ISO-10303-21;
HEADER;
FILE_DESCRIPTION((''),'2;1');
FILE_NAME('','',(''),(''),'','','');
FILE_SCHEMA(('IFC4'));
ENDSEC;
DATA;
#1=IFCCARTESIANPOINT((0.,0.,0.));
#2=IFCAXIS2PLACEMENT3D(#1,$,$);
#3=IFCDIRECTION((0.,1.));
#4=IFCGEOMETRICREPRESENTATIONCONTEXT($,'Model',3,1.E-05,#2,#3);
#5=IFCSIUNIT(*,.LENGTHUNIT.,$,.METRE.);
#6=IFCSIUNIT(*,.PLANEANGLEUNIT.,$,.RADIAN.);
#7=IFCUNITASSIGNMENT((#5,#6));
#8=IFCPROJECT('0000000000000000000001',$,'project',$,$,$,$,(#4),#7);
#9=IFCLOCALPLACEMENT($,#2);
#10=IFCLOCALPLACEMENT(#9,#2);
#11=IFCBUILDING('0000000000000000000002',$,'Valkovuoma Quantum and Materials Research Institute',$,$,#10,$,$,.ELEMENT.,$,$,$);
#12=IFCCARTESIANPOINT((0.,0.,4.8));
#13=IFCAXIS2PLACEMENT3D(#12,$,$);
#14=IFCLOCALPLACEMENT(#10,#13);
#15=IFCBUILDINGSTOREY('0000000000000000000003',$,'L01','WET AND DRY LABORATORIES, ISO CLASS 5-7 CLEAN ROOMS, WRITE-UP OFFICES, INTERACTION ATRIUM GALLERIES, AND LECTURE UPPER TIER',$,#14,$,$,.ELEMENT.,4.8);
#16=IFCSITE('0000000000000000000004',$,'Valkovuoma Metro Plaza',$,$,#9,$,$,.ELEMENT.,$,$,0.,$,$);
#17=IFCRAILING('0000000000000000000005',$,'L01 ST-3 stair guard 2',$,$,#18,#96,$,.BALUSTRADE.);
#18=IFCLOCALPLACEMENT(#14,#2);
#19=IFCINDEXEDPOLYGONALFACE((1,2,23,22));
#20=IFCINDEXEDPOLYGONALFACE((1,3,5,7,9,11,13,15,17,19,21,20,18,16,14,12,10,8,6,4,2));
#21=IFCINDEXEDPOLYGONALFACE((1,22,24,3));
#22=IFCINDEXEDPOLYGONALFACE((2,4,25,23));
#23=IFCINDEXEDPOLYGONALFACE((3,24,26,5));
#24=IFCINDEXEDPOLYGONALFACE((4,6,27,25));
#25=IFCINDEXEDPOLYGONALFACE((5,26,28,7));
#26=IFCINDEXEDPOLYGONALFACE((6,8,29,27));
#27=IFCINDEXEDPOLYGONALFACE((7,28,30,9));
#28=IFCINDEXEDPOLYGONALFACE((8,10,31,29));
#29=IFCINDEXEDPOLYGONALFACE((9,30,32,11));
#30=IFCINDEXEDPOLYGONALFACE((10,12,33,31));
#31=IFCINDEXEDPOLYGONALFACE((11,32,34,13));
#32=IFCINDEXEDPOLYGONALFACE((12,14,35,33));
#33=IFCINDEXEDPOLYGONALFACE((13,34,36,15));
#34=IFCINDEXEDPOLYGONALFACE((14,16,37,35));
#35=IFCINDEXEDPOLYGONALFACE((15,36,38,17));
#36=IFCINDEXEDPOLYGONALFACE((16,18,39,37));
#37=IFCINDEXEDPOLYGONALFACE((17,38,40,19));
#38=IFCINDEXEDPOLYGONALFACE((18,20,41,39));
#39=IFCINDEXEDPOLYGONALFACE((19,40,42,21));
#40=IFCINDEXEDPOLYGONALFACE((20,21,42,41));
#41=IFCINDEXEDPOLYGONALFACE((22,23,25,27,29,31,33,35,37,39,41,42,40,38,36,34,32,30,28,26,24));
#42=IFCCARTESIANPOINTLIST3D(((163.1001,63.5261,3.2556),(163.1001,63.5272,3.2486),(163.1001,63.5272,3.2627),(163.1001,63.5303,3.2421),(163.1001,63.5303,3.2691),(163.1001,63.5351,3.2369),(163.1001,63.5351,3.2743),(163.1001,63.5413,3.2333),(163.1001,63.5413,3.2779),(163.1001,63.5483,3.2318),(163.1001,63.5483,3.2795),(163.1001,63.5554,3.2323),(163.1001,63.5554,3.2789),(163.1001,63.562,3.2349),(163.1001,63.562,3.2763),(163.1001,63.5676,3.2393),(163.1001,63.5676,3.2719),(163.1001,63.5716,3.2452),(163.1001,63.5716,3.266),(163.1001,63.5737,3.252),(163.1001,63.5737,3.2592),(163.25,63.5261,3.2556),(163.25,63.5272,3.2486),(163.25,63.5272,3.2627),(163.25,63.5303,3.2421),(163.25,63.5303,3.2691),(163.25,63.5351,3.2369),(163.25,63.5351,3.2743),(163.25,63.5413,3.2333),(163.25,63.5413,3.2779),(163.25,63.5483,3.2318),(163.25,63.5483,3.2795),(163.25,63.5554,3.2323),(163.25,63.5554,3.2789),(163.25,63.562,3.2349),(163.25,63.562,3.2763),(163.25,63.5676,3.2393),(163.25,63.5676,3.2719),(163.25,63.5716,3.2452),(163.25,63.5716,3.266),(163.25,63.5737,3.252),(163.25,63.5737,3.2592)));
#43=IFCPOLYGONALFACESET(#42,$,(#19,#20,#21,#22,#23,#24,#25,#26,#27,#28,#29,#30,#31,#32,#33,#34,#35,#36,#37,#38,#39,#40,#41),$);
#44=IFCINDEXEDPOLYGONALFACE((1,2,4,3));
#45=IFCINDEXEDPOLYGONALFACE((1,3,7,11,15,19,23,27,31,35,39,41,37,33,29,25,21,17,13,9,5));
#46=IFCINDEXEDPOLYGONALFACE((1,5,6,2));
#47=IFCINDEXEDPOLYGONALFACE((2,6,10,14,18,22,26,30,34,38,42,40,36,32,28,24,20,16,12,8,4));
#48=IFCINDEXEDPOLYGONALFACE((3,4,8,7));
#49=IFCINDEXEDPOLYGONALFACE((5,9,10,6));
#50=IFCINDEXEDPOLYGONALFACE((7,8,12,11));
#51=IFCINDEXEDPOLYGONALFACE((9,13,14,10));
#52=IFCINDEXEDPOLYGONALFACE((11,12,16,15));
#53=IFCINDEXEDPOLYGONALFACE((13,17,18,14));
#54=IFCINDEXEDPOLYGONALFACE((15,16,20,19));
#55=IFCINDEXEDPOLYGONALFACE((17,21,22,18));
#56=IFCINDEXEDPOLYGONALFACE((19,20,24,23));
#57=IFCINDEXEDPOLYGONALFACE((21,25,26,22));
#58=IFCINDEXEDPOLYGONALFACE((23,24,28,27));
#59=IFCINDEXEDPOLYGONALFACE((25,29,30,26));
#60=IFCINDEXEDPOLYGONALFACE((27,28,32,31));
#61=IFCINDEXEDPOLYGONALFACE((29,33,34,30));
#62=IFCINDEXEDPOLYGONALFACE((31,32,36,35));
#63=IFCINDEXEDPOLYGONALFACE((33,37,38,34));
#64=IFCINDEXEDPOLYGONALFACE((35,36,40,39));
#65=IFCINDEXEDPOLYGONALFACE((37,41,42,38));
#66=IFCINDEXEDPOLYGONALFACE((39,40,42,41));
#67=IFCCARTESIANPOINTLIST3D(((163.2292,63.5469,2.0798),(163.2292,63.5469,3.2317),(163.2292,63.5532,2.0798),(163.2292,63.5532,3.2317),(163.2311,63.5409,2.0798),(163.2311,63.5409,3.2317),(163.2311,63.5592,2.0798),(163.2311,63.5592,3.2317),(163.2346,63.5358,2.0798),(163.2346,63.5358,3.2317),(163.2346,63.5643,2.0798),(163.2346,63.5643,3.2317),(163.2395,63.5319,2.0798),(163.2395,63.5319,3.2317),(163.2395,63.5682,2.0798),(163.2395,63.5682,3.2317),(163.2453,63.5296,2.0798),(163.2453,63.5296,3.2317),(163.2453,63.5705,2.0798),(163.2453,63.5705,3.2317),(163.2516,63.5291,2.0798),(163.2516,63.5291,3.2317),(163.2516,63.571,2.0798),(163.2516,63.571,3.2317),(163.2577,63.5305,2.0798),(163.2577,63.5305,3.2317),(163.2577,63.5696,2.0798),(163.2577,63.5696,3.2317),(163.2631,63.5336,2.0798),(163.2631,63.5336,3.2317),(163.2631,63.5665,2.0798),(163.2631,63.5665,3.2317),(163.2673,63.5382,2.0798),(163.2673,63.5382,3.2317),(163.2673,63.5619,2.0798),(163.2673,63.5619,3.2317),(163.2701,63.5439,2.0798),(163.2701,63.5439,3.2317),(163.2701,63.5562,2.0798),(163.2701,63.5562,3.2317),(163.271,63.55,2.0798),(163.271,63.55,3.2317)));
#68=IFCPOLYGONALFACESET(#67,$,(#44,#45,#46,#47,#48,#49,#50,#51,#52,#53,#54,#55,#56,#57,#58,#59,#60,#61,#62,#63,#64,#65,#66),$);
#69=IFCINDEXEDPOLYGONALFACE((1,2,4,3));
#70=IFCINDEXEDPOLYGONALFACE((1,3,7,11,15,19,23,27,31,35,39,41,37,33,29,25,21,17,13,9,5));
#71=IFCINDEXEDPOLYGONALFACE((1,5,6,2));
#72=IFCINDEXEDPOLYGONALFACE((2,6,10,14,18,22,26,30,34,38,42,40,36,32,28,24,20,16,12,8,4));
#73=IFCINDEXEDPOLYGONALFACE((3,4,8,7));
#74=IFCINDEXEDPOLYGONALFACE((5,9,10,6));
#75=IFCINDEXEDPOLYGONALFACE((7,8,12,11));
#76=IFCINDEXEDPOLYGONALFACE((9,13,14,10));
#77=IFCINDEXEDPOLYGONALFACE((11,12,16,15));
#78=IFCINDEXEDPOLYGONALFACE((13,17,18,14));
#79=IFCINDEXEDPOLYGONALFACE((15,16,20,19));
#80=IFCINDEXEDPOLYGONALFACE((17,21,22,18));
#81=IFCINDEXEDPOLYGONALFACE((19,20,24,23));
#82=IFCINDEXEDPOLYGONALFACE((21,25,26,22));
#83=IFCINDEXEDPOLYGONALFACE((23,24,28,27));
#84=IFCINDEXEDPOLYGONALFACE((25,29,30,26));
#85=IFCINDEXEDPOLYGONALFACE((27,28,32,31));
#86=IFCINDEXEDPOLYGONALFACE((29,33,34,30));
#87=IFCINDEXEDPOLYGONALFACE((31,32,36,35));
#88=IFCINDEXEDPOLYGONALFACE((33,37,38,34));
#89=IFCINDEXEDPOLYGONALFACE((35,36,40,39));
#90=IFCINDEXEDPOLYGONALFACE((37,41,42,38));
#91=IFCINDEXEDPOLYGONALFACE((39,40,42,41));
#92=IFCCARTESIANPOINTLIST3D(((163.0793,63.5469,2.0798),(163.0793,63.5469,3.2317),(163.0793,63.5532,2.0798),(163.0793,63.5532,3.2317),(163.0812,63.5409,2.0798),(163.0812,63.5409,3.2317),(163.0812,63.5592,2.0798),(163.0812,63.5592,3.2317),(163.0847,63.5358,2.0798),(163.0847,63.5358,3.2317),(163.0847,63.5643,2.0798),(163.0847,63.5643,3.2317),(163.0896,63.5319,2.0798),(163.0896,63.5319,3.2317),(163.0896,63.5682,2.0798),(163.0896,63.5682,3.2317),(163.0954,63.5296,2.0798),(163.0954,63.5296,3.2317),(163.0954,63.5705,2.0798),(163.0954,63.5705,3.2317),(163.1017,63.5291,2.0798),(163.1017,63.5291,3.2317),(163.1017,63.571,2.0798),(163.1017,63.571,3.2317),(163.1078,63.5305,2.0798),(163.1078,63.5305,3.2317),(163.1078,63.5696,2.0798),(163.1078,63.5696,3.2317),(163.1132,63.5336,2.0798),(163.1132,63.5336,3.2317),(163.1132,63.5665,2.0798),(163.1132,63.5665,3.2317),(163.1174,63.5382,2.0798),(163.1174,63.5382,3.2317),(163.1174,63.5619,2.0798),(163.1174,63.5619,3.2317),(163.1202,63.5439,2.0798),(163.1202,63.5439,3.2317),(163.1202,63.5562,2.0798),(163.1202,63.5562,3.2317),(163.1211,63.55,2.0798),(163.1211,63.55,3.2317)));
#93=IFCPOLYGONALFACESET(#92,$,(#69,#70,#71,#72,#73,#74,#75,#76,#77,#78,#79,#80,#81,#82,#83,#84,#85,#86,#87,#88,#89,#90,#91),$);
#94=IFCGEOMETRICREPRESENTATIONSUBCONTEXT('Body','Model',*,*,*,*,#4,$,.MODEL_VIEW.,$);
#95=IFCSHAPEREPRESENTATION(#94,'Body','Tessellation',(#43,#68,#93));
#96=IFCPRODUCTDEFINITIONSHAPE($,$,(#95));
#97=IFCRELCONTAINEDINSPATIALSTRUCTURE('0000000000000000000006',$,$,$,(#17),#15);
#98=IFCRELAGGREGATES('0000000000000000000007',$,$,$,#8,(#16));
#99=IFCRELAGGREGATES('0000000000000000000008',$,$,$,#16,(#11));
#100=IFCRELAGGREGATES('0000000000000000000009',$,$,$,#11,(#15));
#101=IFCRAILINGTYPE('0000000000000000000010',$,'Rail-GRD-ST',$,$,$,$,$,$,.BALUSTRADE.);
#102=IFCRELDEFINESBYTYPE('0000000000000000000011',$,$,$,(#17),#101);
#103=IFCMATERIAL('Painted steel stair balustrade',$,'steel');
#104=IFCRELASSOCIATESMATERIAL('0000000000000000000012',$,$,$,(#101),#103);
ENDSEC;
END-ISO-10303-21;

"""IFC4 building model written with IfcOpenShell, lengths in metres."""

from ifc_helpers import new_model, si_unit, direction, frame, origin, origin_2d, place, context, subcontext, project, spatial, circle, extrude, material, type_object, element, save


model = new_model("IFC4")

# Units and contexts
model_context = context("Model", 3, precision=1e-05, world=origin(), true_north=direction((0.0, 1.0)))
body_context = subcontext(model_context, "Body", "Model", "MODEL_VIEW")
ifc_project = project(units=[si_unit("LENGTHUNIT", "METRE"), si_unit("PLANEANGLEUNIT", "RADIAN")], contexts=[model_context])

# Site, building, storey
site_placement = place(None, origin())
site = spatial("IfcSite", under=ifc_project, at=site_placement, Name="Valkovuoma Metro Plaza", CompositionType="ELEMENT", RefElevation=0.0)
building_placement = place(site_placement, origin())
building = spatial("IfcBuilding", under=site, at=building_placement, Name="Valkovuoma Quantum and Materials Research Institute", CompositionType="ELEMENT")
storey_placement = place(building_placement, frame((0.0, 0.0, 4.8)))
storey = spatial("IfcBuildingStorey", under=building, at=storey_placement, Name="L01", Description="WET AND DRY LABORATORIES, ISO CLASS 5-7 CLEAN ROOMS, WRITE-UP OFFICES, INTERACTION ATRIUM GALLERIES, AND LECTURE UPPER TIER", CompositionType="ELEMENT", Elevation=4.8)

# Railing
ifc_material_1 = material(Name="Painted steel stair balustrade", Category="steel")
railing_type_1 = type_object("IfcRailingType", Name="Rail-GRD-ST", PredefinedType="BALUSTRADE", material=ifc_material_1)
railing_1_placement = place(storey_placement, frame((163.25, 63.55, 2.0798)))
element("IfcRailing", 1, at=railing_1_placement, inside=storey, type_object=railing_type_1, Name="L01 ST-3 stair guard 2", PredefinedType="BALUSTRADE", context=body_context, shape_type="SweptSolid", body=[
    extrude(circle(Radius=0.0239, at=origin_2d()), frame((0.0, 0.0, 1.1758), z_axis=(-1.0, 0.0, 0.0), x_axis=(0.0, -1.0, 0.0)), (0.0, 0.0, 1.0), 0.1499),
    extrude(circle(Radius=0.021, at=origin_2d()), origin(), (0.0, 0.0, 1.0), 1.1519),
    extrude(circle(Radius=0.021, at=origin_2d()), frame((-0.1499, 0.0, 0.0)), (0.0, 0.0, 1.0), 1.1519),
])

save(model, "model.ifc")
